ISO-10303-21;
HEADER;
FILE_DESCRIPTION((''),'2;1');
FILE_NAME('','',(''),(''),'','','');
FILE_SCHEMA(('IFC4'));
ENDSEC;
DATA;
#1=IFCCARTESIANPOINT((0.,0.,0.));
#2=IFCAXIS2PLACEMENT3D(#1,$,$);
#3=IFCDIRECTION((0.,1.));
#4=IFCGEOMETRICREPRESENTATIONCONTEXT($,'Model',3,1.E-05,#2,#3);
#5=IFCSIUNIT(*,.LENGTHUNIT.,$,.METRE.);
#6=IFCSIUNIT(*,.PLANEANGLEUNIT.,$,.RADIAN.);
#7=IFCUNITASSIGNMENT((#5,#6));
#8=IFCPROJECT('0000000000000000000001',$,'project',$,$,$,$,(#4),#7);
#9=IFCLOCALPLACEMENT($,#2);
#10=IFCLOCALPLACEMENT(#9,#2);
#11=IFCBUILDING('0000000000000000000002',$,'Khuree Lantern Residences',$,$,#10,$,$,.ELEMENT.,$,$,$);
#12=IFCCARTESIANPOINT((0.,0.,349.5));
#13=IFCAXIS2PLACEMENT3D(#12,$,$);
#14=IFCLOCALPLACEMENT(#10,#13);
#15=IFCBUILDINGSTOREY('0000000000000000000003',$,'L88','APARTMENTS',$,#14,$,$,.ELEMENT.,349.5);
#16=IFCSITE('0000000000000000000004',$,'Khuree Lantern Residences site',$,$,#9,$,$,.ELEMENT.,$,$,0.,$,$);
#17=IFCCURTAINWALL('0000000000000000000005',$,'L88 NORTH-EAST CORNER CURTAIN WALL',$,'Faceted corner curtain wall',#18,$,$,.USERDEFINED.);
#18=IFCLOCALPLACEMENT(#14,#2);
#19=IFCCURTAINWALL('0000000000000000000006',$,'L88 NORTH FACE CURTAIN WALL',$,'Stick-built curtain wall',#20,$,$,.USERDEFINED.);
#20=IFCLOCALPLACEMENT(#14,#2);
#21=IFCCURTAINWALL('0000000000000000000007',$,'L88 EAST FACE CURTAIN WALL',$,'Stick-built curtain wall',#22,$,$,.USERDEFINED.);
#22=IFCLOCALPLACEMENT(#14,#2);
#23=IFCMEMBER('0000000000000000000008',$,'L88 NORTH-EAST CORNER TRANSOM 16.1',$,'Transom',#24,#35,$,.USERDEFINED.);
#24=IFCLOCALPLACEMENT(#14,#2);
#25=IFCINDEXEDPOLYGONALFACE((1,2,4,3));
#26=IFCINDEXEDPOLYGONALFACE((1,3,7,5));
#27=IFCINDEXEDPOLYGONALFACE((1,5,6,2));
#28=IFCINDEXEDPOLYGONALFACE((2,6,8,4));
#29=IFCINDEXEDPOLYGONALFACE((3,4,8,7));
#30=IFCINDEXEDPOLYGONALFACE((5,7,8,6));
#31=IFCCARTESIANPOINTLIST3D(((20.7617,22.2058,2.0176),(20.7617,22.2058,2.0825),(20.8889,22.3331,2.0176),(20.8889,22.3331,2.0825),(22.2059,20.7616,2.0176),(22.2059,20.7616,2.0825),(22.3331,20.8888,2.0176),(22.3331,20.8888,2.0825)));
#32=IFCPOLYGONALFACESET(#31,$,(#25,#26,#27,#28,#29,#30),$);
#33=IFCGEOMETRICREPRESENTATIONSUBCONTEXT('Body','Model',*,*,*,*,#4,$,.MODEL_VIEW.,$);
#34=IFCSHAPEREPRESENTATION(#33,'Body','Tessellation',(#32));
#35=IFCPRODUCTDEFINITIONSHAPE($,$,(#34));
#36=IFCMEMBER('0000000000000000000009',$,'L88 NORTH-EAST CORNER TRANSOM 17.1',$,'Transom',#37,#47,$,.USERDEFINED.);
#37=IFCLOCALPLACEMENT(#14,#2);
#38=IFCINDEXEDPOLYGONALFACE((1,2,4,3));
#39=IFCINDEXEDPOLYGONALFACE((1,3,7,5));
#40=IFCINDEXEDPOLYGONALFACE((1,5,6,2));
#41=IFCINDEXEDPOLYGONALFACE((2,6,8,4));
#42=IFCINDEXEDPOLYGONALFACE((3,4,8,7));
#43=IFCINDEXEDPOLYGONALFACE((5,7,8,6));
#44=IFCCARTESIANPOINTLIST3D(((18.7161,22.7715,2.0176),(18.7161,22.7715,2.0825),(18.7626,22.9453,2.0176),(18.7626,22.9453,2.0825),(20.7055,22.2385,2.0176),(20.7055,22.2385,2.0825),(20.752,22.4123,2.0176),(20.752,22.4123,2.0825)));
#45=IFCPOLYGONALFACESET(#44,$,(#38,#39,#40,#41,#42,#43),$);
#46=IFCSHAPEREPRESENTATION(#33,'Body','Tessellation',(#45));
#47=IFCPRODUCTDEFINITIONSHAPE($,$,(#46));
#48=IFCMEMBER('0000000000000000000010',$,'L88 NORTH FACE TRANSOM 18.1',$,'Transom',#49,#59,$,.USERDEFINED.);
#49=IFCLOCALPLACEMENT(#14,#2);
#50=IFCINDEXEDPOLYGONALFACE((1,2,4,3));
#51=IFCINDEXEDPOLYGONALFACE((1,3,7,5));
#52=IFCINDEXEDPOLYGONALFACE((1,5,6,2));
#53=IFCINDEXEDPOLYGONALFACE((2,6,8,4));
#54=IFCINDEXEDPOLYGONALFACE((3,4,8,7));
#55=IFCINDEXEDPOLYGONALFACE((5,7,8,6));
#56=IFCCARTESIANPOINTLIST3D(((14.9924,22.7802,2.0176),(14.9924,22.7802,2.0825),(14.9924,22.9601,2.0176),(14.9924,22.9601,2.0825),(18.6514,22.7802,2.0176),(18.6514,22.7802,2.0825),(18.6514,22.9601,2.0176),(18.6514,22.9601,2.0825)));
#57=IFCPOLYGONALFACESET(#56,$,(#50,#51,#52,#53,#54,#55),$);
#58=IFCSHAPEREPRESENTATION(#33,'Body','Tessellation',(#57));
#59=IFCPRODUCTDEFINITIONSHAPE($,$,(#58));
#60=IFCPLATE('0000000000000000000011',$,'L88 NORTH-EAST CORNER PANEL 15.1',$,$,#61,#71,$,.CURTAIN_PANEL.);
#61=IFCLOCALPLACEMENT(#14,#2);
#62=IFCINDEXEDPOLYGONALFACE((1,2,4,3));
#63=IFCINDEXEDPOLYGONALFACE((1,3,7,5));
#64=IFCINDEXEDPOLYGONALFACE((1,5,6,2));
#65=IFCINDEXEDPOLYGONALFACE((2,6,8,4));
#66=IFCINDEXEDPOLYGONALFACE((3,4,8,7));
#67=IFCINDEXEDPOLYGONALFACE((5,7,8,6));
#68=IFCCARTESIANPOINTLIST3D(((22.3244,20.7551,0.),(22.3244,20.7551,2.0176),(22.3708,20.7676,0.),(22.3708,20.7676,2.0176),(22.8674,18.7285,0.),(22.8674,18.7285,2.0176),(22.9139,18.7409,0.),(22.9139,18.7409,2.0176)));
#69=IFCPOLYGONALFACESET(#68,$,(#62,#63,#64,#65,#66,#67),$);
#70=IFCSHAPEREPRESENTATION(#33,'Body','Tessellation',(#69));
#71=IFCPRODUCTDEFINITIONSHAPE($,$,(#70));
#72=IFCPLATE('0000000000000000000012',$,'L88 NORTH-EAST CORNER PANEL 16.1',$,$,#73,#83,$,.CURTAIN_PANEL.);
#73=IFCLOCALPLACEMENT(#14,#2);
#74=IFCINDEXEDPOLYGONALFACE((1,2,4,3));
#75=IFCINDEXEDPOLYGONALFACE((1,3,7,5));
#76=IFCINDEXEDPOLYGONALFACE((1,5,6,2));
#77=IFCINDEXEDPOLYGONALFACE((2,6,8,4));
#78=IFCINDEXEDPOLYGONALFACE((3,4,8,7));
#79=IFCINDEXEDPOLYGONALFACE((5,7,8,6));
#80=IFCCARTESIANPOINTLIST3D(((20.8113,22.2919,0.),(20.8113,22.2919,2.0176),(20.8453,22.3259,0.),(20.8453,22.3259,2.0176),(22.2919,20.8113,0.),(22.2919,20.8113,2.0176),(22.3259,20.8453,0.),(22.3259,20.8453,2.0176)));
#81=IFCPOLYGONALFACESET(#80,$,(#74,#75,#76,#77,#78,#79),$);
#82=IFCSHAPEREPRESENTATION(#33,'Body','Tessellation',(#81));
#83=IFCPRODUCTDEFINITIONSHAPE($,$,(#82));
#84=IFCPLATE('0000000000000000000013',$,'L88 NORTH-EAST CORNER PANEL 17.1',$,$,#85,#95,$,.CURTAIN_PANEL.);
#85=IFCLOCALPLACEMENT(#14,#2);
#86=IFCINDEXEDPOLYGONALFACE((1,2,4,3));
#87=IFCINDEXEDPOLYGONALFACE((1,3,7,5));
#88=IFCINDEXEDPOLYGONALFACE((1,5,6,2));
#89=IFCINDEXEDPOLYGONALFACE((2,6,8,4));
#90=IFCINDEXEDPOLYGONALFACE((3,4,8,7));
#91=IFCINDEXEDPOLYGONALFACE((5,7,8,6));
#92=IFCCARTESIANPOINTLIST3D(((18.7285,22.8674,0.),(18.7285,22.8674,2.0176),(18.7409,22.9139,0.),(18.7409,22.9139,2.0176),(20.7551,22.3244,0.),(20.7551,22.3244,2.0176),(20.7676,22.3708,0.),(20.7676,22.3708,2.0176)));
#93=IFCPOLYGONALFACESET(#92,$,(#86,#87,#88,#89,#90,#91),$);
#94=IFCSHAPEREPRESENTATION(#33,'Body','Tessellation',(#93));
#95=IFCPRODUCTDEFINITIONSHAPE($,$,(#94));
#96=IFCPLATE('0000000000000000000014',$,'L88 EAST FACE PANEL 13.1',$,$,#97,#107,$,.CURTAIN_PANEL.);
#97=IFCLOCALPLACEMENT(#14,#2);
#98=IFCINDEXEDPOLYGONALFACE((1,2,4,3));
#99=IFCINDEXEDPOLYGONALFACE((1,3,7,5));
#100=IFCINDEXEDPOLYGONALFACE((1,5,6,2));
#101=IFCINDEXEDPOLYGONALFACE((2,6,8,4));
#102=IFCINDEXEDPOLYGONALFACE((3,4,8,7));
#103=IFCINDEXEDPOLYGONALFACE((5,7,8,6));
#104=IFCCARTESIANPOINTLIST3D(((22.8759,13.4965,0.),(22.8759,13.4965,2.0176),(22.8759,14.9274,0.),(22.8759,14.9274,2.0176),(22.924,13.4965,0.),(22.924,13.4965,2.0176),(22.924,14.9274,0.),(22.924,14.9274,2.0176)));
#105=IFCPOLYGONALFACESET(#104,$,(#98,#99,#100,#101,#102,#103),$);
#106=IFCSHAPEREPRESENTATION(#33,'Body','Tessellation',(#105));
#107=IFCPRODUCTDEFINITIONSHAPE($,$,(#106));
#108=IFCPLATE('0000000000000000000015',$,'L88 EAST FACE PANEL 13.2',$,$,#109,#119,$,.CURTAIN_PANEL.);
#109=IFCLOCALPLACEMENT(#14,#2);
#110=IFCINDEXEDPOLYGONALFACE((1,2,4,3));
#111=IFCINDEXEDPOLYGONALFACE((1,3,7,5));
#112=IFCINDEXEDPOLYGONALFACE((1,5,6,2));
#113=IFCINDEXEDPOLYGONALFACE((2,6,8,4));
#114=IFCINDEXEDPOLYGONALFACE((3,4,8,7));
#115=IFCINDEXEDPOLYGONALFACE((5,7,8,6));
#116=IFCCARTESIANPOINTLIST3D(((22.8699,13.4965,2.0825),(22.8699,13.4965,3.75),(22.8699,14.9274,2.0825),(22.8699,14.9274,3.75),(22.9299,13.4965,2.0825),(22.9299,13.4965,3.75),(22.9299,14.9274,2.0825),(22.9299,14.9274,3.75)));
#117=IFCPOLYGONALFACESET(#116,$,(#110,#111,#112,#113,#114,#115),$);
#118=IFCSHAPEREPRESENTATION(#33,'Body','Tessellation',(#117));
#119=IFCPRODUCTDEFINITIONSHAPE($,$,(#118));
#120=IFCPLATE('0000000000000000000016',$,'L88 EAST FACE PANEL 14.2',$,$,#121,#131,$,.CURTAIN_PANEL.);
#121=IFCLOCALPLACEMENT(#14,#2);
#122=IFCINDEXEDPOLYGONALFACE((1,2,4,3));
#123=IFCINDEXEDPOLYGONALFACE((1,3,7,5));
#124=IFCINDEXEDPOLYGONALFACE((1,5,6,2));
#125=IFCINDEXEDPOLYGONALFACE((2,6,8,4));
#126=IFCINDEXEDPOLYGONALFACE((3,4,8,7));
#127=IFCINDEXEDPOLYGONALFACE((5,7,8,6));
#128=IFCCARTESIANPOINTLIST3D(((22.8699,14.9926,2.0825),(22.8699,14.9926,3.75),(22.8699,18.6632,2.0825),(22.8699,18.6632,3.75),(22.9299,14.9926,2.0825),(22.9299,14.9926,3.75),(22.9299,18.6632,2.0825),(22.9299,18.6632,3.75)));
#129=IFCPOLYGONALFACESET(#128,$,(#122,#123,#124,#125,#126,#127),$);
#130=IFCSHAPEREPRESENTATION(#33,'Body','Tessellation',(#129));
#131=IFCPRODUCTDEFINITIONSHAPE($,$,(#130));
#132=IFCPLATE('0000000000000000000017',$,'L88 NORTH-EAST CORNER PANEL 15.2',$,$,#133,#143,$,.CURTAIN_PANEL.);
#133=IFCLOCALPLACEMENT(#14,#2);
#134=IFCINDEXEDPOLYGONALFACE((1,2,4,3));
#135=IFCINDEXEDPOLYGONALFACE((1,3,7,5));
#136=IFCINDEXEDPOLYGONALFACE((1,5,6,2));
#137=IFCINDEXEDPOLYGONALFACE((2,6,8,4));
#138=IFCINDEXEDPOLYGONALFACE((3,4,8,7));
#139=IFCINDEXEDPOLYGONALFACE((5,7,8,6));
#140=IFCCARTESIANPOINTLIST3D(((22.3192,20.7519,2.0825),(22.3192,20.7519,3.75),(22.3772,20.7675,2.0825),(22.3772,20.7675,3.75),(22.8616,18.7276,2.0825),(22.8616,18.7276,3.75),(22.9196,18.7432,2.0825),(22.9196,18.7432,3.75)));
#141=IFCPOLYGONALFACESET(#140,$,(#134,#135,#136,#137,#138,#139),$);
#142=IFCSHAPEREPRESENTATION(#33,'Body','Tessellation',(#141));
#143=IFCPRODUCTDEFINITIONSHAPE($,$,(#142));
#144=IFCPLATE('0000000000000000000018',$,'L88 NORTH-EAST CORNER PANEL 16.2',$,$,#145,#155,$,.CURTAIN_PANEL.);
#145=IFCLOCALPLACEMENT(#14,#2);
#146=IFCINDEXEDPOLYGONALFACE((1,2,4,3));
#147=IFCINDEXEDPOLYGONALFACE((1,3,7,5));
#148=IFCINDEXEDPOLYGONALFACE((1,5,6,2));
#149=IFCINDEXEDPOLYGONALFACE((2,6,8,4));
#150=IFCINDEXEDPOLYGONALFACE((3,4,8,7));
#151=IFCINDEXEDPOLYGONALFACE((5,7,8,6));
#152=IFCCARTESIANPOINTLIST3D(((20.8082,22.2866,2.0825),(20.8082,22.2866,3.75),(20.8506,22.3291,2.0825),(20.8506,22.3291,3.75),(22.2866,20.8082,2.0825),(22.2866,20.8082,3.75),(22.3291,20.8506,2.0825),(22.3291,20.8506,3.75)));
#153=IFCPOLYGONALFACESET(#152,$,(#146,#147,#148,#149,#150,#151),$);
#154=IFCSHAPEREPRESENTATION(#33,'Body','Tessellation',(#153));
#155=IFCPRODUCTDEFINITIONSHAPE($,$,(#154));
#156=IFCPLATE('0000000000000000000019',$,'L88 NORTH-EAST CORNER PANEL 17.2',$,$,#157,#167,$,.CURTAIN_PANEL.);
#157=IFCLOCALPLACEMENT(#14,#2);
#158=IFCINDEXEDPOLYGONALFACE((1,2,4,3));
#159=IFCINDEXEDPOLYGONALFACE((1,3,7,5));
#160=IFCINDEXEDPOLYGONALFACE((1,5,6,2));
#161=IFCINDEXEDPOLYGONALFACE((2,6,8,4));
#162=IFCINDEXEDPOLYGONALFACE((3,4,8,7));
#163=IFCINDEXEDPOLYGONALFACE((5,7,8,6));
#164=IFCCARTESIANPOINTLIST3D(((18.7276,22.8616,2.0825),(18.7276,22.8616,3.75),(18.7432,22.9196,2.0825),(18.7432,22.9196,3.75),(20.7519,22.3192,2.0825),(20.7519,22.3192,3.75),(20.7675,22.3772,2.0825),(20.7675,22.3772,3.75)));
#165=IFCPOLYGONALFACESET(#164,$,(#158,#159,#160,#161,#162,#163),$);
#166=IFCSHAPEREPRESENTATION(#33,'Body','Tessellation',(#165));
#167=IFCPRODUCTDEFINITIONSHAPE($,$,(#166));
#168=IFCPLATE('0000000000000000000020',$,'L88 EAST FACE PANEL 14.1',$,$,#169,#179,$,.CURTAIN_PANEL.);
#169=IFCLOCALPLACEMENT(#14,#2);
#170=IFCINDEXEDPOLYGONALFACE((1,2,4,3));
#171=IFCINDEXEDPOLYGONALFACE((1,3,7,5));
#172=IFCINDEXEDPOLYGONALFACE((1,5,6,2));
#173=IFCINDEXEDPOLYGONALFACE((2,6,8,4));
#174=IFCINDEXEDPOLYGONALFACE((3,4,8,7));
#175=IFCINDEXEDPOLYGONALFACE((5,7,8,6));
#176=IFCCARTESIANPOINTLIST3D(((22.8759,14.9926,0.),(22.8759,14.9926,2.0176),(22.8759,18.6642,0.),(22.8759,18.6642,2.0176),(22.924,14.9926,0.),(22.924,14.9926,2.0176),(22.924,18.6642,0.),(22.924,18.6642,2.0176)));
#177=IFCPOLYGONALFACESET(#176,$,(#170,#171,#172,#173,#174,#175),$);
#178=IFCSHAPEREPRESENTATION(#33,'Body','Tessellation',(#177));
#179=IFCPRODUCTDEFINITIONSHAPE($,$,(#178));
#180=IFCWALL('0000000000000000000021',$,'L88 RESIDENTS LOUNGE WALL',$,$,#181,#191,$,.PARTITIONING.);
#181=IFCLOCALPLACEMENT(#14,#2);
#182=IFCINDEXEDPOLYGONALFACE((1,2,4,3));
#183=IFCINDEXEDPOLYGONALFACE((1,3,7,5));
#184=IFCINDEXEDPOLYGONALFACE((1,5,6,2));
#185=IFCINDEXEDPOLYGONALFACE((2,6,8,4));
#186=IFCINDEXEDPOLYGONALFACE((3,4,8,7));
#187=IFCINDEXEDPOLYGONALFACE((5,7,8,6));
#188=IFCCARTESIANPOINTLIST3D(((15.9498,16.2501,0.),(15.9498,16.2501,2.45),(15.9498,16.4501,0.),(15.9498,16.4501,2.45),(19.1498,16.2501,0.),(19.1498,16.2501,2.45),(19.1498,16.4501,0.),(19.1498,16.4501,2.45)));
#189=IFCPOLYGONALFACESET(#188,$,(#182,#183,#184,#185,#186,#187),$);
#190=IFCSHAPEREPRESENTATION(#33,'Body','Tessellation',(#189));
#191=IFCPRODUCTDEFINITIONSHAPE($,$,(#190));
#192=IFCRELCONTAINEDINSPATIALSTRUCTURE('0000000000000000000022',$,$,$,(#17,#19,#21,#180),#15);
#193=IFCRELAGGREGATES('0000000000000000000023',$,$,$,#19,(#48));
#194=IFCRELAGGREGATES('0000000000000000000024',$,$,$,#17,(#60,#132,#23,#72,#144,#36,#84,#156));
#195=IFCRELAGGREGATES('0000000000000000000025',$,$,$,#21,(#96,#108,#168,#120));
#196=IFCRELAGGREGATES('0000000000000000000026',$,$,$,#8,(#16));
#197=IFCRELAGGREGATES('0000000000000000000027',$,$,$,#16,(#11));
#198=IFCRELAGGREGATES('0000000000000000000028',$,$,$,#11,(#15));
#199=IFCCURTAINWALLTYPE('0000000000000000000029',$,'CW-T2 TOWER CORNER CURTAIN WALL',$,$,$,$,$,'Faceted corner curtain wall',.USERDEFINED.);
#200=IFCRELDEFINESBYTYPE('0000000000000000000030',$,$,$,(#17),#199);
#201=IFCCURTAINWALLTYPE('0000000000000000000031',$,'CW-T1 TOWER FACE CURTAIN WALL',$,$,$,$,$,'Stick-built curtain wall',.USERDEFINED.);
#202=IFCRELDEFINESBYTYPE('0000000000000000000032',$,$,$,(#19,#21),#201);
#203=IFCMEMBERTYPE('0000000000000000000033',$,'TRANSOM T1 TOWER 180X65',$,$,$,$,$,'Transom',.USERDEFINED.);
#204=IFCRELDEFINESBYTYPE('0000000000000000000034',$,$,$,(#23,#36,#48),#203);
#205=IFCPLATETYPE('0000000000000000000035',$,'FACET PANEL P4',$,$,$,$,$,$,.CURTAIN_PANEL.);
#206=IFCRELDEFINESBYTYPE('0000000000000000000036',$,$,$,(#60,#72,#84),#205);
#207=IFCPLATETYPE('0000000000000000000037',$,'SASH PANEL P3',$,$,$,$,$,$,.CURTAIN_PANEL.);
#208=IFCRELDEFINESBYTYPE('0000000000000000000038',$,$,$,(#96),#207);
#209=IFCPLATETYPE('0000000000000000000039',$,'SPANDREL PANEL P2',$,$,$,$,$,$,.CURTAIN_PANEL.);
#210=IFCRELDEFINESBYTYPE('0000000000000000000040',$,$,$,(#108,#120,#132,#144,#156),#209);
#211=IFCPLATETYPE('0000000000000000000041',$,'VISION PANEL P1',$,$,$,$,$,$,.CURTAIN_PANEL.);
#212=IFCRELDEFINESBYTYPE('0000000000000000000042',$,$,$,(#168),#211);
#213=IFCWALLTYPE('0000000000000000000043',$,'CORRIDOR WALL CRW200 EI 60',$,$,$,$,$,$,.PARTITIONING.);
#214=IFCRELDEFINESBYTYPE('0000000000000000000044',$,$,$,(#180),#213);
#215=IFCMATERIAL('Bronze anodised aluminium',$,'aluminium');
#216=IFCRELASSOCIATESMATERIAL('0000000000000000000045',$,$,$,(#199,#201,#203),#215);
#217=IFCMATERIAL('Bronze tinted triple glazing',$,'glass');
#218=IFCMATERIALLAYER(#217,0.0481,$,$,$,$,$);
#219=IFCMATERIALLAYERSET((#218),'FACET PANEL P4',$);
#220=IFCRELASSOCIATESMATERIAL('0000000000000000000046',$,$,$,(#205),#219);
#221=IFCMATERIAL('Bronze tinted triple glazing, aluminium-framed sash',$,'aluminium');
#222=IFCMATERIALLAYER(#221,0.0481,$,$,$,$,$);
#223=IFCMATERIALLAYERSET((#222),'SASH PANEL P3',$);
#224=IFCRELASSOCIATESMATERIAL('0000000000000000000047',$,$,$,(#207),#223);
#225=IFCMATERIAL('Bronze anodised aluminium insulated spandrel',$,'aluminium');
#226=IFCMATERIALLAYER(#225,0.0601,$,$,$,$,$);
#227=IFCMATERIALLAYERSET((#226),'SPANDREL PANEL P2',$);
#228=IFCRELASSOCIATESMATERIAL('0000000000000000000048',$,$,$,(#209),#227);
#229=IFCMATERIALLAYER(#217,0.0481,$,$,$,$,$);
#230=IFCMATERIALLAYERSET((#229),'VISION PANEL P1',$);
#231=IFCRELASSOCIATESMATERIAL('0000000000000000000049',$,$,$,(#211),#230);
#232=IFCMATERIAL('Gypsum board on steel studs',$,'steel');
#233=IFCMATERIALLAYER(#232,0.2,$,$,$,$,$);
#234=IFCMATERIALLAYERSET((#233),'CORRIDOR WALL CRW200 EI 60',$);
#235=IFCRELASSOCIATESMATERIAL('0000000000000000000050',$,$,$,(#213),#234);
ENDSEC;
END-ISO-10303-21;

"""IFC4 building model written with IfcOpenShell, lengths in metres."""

from ifc_helpers import new_model, si_unit, direction, frame, frame_2d, origin, origin_2d, place, context, subcontext, project, spatial, rectangle, extrude, material, layer, layer_set, material_profile, profile_set, type_object, element, aggregate, save


model = new_model("IFC4")

# Units and contexts
model_context = context("Model", 3, precision=1e-05, world=origin(), true_north=direction((0.0, 1.0)))
body_context = subcontext(model_context, "Body", "Model", "MODEL_VIEW")
ifc_project = project(units=[si_unit("LENGTHUNIT", "METRE"), si_unit("PLANEANGLEUNIT", "RADIAN")], contexts=[model_context])

# Site, building, storey
site_placement = place(None, origin())
site = spatial("IfcSite", under=ifc_project, at=site_placement, Name="Khuree Lantern Residences site", CompositionType="ELEMENT", RefElevation=0.0)
building_placement = place(site_placement, origin())
building = spatial("IfcBuilding", under=site, at=building_placement, Name="Khuree Lantern Residences", CompositionType="ELEMENT")
storey_placement = place(building_placement, frame((0.0, 0.0, 349.5)))
storey = spatial("IfcBuildingStorey", under=building, at=storey_placement, Name="L88", Description="APARTMENTS", CompositionType="ELEMENT", Elevation=349.5)

# Curtain walls
ifc_material_1 = material(Name="Bronze anodised aluminium", Category="aluminium")
curtain_wall_type_1 = type_object("IfcCurtainWallType", Name="CW-T2 TOWER CORNER CURTAIN WALL", ElementType="Faceted corner curtain wall", PredefinedType="USERDEFINED", material=ifc_material_1)
curtain_wall_1_placement = place(storey_placement, origin())
curtain_wall_1 = element("IfcCurtainWall", 1, at=curtain_wall_1_placement, inside=storey, type_object=curtain_wall_type_1, Name="L88 NORTH-EAST CORNER CURTAIN WALL", ObjectType="Faceted corner curtain wall", PredefinedType="USERDEFINED")
curtain_wall_type_2 = type_object("IfcCurtainWallType", Name="CW-T1 TOWER FACE CURTAIN WALL", ElementType="Stick-built curtain wall", PredefinedType="USERDEFINED", material=ifc_material_1)
curtain_wall_2_placement = place(storey_placement, origin())
curtain_wall_2 = element("IfcCurtainWall", 2, at=curtain_wall_2_placement, inside=storey, type_object=curtain_wall_type_2, Name="L88 NORTH FACE CURTAIN WALL", ObjectType="Stick-built curtain wall", PredefinedType="USERDEFINED")

# Curtain wall
curtain_wall_3_placement = place(storey_placement, origin())
curtain_wall_3 = element("IfcCurtainWall", 3, at=curtain_wall_3_placement, inside=storey, type_object=curtain_wall_type_2, Name="L88 EAST FACE CURTAIN WALL", ObjectType="Stick-built curtain wall", PredefinedType="USERDEFINED")

# Members
ifc_material_profile_1 = material_profile(ifc_material_1, rectangle(XDim=0.1799, YDim=0.0649, at=origin_2d()), Name="T1 180X65")
ifc_profile_set_1 = profile_set([ifc_material_profile_1], Name="Bronze anodised aluminium")
member_type_1 = type_object("IfcMemberType", Name="TRANSOM T1 TOWER 180X65", ElementType="Transom", PredefinedType="USERDEFINED", material=ifc_profile_set_1)
member_1_placement = place(storey_placement, frame((22.2695, 20.8252, 2.05), z_axis=(-0.707107, 0.707107, 0.0), x_axis=(-0.707107, -0.707107, 0.0)))
member_1 = element("IfcMember", 4, at=member_1_placement, type_object=member_type_1, Name="L88 NORTH-EAST CORNER TRANSOM 16.1", ObjectType="Transom", PredefinedType="USERDEFINED", context=body_context, shape_type="SweptSolid", body=[
    extrude(rectangle(XDim=0.1799, YDim=0.0649, at=origin_2d()), origin(), (0.0, 0.0, 1.0), 2.0425),
])
member_2_placement = place(storey_placement, frame((20.7288, 22.3254, 2.05), z_axis=(-0.965941, 0.258762, 0.0), x_axis=(-0.258762, -0.965941, 0.0)))
member_2 = element("IfcMember", 5, at=member_2_placement, type_object=member_type_1, Name="L88 NORTH-EAST CORNER TRANSOM 17.1", ObjectType="Transom", PredefinedType="USERDEFINED", context=body_context, shape_type="SweptSolid", body=[
    extrude(rectangle(XDim=0.1799, YDim=0.0649, at=origin_2d()), origin(), (0.0, 0.0, 1.0), 2.0596),
])
member_3_placement = place(storey_placement, frame((18.6514, 22.8701, 2.05), z_axis=(-1.0, 0.0, 0.0), x_axis=(0.0, -1.0, 0.0)))
member_3 = element("IfcMember", 6, at=member_3_placement, type_object=member_type_1, Name="L88 NORTH FACE TRANSOM 18.1", ObjectType="Transom", PredefinedType="USERDEFINED", context=body_context, shape_type="SweptSolid", body=[
    extrude(rectangle(XDim=0.1799, YDim=0.0649, at=origin_2d()), origin(), (0.0, 0.0, 1.0), 3.6589),
])
aggregate(curtain_wall_2, [member_3])

# Plates
ifc_material_2 = material(Name="Bronze tinted triple glazing", Category="glass")
ifc_layer_1 = layer(ifc_material_2, 0.0481)
ifc_layer_set_1 = layer_set([ifc_layer_1], Name="FACET PANEL P4")
plate_type_1 = type_object("IfcPlateType", Name="FACET PANEL P4", PredefinedType="CURTAIN_PANEL", material=ifc_layer_set_1)
plate_1_placement = place(storey_placement, frame((22.6191, 19.748, 0.0), z_axis=(0.0, 0.0, 1.0), x_axis=(-0.258819, 0.965926, 0.0)))
plate_1 = element("IfcPlate", 7, at=plate_1_placement, type_object=plate_type_1, Name="L88 NORTH-EAST CORNER PANEL 15.1", PredefinedType="CURTAIN_PANEL", context=body_context, shape_type="SweptSolid", body=[
    extrude(rectangle(XDim=2.0981, YDim=0.0481, at=origin_2d()), origin(), (0.0, 0.0, 1.0), 2.0176),
])
plate_2_placement = place(storey_placement, frame((21.5686, 21.5686, 0.0), z_axis=(0.0, 0.0, 1.0), x_axis=(-0.707107, 0.707107, 0.0)))
plate_2 = element("IfcPlate", 8, at=plate_2_placement, type_object=plate_type_1, Name="L88 NORTH-EAST CORNER PANEL 16.1", PredefinedType="CURTAIN_PANEL", context=body_context, shape_type="SweptSolid", body=[
    extrude(rectangle(XDim=2.094, YDim=0.0481, at=origin_2d()), origin(), (0.0, 0.0, 1.0), 2.0176),
])
plate_3_placement = place(storey_placement, frame((19.748, 22.6191, 0.0), z_axis=(0.0, 0.0, 1.0), x_axis=(-0.965926, 0.258819, 0.0)))
plate_3 = element("IfcPlate", 9, at=plate_3_placement, type_object=plate_type_1, Name="L88 NORTH-EAST CORNER PANEL 17.1", PredefinedType="CURTAIN_PANEL", context=body_context, shape_type="SweptSolid", body=[
    extrude(rectangle(XDim=2.0981, YDim=0.0481, at=origin_2d()), origin(), (0.0, 0.0, 1.0), 2.0176),
])
ifc_material_3 = material(Name="Bronze tinted triple glazing, aluminium-framed sash", Category="aluminium")
ifc_layer_2 = layer(ifc_material_3, 0.0481)
ifc_layer_set_2 = layer_set([ifc_layer_2], Name="SASH PANEL P3")
plate_type_2 = type_object("IfcPlateType", Name="SASH PANEL P3", PredefinedType="CURTAIN_PANEL", material=ifc_layer_set_2)
plate_4_placement = place(storey_placement, frame((22.8999, 14.2119, 0.0), z_axis=(0.0, 0.0, 1.0), x_axis=(0.0, 1.0, 0.0)))
plate_4 = element("IfcPlate", 10, at=plate_4_placement, type_object=plate_type_2, Name="L88 EAST FACE PANEL 13.1", PredefinedType="CURTAIN_PANEL", context=body_context, shape_type="SweptSolid", body=[
    extrude(rectangle(XDim=1.4309, YDim=0.0481, at=origin_2d()), origin(), (0.0, 0.0, 1.0), 2.0176),
])
ifc_material_4 = material(Name="Bronze anodised aluminium insulated spandrel", Category="aluminium")
ifc_layer_3 = layer(ifc_material_4, 0.0601)
ifc_layer_set_3 = layer_set([ifc_layer_3], Name="SPANDREL PANEL P2")
plate_type_3 = type_object("IfcPlateType", Name="SPANDREL PANEL P2", PredefinedType="CURTAIN_PANEL", material=ifc_layer_set_3)
plate_5_placement = place(storey_placement, frame((22.8999, 14.2119, 2.0825), z_axis=(0.0, 0.0, 1.0), x_axis=(0.0, 1.0, 0.0)))
plate_5 = element("IfcPlate", 11, at=plate_5_placement, type_object=plate_type_3, Name="L88 EAST FACE PANEL 13.2", PredefinedType="CURTAIN_PANEL", context=body_context, shape_type="SweptSolid", body=[
    extrude(rectangle(XDim=1.4309, YDim=0.0601, at=origin_2d()), origin(), (0.0, 0.0, 1.0), 1.6675),
])
plate_6_placement = place(storey_placement, frame((22.8999, 16.8279, 2.0825), z_axis=(0.0, 0.0, 1.0), x_axis=(0.0, 1.0, 0.0)))
plate_6 = element("IfcPlate", 12, at=plate_6_placement, type_object=plate_type_3, Name="L88 EAST FACE PANEL 14.2", PredefinedType="CURTAIN_PANEL", context=body_context, shape_type="SweptSolid", body=[
    extrude(rectangle(XDim=3.6707, YDim=0.0601, at=origin_2d()), origin(), (0.0, 0.0, 1.0), 1.6675),
])
plate_7_placement = place(storey_placement, frame((22.6194, 19.7476, 2.0825), z_axis=(0.0, 0.0, 1.0), x_axis=(-0.258819, 0.965926, 0.0)))
plate_7 = element("IfcPlate", 13, at=plate_7_placement, type_object=plate_type_3, Name="L88 NORTH-EAST CORNER PANEL 15.2", PredefinedType="CURTAIN_PANEL", context=body_context, shape_type="SweptSolid", body=[
    extrude(rectangle(XDim=2.0957, YDim=0.0601, at=origin_2d()), origin(), (0.0, 0.0, 1.0), 1.6675),
])
plate_8_placement = place(storey_placement, frame((21.5686, 21.5686, 2.0825), z_axis=(0.0, 0.0, 1.0), x_axis=(-0.707107, 0.707107, 0.0)))
plate_8 = element("IfcPlate", 14, at=plate_8_placement, type_object=plate_type_3, Name="L88 NORTH-EAST CORNER PANEL 16.2", PredefinedType="CURTAIN_PANEL", context=body_context, shape_type="SweptSolid", body=[
    extrude(rectangle(XDim=2.0908, YDim=0.0601, at=origin_2d()), origin(), (0.0, 0.0, 1.0), 1.6675),
])
plate_9_placement = place(storey_placement, frame((19.7476, 22.6194, 2.0825), z_axis=(0.0, 0.0, 1.0), x_axis=(-0.965926, 0.258819, 0.0)))
plate_9 = element("IfcPlate", 15, at=plate_9_placement, type_object=plate_type_3, Name="L88 NORTH-EAST CORNER PANEL 17.2", PredefinedType="CURTAIN_PANEL", context=body_context, shape_type="SweptSolid", body=[
    extrude(rectangle(XDim=2.0957, YDim=0.0601, at=origin_2d()), origin(), (0.0, 0.0, 1.0), 1.6675),
])
aggregate(curtain_wall_1, [plate_1, plate_7, member_1, plate_2, plate_8, member_2, plate_3, plate_9])
ifc_layer_4 = layer(ifc_material_2, 0.0481)
ifc_layer_set_4 = layer_set([ifc_layer_4], Name="VISION PANEL P1")
plate_type_4 = type_object("IfcPlateType", Name="VISION PANEL P1", PredefinedType="CURTAIN_PANEL", material=ifc_layer_set_4)
plate_10_placement = place(storey_placement, frame((22.8999, 16.8284, 0.0), z_axis=(0.0, 0.0, 1.0), x_axis=(0.0, 1.0, 0.0)))
plate_10 = element("IfcPlate", 16, at=plate_10_placement, type_object=plate_type_4, Name="L88 EAST FACE PANEL 14.1", PredefinedType="CURTAIN_PANEL", context=body_context, shape_type="SweptSolid", body=[
    extrude(rectangle(XDim=3.6716, YDim=0.0481, at=origin_2d()), origin(), (0.0, 0.0, 1.0), 2.0176),
])
aggregate(curtain_wall_3, [plate_4, plate_5, plate_10, plate_6])

# Wall
ifc_material_5 = material(Name="Gypsum board on steel studs", Category="steel")
ifc_layer_5 = layer(ifc_material_5, 0.2)
ifc_layer_set_5 = layer_set([ifc_layer_5], Name="CORRIDOR WALL CRW200 EI 60")
wall_type = type_object("IfcWallType", Name="CORRIDOR WALL CRW200 EI 60", PredefinedType="PARTITIONING", material=ifc_layer_set_5)
wall_placement = place(storey_placement, frame((19.1499, 16.3501, 0.0), z_axis=(0.0, 0.0, 1.0), x_axis=(-1.0, 0.0, 0.0)))
element("IfcWall", 17, at=wall_placement, inside=storey, type_object=wall_type, Name="L88 RESIDENTS LOUNGE WALL", PredefinedType="PARTITIONING", context=body_context, shape_type="SweptSolid", body=[
    extrude(rectangle(XDim=3.2, YDim=0.2, at=frame_2d((1.6001, 0.0))), origin(), (0.0, 0.0, 1.0), 2.45),
])

save(model, "model.ifc")
